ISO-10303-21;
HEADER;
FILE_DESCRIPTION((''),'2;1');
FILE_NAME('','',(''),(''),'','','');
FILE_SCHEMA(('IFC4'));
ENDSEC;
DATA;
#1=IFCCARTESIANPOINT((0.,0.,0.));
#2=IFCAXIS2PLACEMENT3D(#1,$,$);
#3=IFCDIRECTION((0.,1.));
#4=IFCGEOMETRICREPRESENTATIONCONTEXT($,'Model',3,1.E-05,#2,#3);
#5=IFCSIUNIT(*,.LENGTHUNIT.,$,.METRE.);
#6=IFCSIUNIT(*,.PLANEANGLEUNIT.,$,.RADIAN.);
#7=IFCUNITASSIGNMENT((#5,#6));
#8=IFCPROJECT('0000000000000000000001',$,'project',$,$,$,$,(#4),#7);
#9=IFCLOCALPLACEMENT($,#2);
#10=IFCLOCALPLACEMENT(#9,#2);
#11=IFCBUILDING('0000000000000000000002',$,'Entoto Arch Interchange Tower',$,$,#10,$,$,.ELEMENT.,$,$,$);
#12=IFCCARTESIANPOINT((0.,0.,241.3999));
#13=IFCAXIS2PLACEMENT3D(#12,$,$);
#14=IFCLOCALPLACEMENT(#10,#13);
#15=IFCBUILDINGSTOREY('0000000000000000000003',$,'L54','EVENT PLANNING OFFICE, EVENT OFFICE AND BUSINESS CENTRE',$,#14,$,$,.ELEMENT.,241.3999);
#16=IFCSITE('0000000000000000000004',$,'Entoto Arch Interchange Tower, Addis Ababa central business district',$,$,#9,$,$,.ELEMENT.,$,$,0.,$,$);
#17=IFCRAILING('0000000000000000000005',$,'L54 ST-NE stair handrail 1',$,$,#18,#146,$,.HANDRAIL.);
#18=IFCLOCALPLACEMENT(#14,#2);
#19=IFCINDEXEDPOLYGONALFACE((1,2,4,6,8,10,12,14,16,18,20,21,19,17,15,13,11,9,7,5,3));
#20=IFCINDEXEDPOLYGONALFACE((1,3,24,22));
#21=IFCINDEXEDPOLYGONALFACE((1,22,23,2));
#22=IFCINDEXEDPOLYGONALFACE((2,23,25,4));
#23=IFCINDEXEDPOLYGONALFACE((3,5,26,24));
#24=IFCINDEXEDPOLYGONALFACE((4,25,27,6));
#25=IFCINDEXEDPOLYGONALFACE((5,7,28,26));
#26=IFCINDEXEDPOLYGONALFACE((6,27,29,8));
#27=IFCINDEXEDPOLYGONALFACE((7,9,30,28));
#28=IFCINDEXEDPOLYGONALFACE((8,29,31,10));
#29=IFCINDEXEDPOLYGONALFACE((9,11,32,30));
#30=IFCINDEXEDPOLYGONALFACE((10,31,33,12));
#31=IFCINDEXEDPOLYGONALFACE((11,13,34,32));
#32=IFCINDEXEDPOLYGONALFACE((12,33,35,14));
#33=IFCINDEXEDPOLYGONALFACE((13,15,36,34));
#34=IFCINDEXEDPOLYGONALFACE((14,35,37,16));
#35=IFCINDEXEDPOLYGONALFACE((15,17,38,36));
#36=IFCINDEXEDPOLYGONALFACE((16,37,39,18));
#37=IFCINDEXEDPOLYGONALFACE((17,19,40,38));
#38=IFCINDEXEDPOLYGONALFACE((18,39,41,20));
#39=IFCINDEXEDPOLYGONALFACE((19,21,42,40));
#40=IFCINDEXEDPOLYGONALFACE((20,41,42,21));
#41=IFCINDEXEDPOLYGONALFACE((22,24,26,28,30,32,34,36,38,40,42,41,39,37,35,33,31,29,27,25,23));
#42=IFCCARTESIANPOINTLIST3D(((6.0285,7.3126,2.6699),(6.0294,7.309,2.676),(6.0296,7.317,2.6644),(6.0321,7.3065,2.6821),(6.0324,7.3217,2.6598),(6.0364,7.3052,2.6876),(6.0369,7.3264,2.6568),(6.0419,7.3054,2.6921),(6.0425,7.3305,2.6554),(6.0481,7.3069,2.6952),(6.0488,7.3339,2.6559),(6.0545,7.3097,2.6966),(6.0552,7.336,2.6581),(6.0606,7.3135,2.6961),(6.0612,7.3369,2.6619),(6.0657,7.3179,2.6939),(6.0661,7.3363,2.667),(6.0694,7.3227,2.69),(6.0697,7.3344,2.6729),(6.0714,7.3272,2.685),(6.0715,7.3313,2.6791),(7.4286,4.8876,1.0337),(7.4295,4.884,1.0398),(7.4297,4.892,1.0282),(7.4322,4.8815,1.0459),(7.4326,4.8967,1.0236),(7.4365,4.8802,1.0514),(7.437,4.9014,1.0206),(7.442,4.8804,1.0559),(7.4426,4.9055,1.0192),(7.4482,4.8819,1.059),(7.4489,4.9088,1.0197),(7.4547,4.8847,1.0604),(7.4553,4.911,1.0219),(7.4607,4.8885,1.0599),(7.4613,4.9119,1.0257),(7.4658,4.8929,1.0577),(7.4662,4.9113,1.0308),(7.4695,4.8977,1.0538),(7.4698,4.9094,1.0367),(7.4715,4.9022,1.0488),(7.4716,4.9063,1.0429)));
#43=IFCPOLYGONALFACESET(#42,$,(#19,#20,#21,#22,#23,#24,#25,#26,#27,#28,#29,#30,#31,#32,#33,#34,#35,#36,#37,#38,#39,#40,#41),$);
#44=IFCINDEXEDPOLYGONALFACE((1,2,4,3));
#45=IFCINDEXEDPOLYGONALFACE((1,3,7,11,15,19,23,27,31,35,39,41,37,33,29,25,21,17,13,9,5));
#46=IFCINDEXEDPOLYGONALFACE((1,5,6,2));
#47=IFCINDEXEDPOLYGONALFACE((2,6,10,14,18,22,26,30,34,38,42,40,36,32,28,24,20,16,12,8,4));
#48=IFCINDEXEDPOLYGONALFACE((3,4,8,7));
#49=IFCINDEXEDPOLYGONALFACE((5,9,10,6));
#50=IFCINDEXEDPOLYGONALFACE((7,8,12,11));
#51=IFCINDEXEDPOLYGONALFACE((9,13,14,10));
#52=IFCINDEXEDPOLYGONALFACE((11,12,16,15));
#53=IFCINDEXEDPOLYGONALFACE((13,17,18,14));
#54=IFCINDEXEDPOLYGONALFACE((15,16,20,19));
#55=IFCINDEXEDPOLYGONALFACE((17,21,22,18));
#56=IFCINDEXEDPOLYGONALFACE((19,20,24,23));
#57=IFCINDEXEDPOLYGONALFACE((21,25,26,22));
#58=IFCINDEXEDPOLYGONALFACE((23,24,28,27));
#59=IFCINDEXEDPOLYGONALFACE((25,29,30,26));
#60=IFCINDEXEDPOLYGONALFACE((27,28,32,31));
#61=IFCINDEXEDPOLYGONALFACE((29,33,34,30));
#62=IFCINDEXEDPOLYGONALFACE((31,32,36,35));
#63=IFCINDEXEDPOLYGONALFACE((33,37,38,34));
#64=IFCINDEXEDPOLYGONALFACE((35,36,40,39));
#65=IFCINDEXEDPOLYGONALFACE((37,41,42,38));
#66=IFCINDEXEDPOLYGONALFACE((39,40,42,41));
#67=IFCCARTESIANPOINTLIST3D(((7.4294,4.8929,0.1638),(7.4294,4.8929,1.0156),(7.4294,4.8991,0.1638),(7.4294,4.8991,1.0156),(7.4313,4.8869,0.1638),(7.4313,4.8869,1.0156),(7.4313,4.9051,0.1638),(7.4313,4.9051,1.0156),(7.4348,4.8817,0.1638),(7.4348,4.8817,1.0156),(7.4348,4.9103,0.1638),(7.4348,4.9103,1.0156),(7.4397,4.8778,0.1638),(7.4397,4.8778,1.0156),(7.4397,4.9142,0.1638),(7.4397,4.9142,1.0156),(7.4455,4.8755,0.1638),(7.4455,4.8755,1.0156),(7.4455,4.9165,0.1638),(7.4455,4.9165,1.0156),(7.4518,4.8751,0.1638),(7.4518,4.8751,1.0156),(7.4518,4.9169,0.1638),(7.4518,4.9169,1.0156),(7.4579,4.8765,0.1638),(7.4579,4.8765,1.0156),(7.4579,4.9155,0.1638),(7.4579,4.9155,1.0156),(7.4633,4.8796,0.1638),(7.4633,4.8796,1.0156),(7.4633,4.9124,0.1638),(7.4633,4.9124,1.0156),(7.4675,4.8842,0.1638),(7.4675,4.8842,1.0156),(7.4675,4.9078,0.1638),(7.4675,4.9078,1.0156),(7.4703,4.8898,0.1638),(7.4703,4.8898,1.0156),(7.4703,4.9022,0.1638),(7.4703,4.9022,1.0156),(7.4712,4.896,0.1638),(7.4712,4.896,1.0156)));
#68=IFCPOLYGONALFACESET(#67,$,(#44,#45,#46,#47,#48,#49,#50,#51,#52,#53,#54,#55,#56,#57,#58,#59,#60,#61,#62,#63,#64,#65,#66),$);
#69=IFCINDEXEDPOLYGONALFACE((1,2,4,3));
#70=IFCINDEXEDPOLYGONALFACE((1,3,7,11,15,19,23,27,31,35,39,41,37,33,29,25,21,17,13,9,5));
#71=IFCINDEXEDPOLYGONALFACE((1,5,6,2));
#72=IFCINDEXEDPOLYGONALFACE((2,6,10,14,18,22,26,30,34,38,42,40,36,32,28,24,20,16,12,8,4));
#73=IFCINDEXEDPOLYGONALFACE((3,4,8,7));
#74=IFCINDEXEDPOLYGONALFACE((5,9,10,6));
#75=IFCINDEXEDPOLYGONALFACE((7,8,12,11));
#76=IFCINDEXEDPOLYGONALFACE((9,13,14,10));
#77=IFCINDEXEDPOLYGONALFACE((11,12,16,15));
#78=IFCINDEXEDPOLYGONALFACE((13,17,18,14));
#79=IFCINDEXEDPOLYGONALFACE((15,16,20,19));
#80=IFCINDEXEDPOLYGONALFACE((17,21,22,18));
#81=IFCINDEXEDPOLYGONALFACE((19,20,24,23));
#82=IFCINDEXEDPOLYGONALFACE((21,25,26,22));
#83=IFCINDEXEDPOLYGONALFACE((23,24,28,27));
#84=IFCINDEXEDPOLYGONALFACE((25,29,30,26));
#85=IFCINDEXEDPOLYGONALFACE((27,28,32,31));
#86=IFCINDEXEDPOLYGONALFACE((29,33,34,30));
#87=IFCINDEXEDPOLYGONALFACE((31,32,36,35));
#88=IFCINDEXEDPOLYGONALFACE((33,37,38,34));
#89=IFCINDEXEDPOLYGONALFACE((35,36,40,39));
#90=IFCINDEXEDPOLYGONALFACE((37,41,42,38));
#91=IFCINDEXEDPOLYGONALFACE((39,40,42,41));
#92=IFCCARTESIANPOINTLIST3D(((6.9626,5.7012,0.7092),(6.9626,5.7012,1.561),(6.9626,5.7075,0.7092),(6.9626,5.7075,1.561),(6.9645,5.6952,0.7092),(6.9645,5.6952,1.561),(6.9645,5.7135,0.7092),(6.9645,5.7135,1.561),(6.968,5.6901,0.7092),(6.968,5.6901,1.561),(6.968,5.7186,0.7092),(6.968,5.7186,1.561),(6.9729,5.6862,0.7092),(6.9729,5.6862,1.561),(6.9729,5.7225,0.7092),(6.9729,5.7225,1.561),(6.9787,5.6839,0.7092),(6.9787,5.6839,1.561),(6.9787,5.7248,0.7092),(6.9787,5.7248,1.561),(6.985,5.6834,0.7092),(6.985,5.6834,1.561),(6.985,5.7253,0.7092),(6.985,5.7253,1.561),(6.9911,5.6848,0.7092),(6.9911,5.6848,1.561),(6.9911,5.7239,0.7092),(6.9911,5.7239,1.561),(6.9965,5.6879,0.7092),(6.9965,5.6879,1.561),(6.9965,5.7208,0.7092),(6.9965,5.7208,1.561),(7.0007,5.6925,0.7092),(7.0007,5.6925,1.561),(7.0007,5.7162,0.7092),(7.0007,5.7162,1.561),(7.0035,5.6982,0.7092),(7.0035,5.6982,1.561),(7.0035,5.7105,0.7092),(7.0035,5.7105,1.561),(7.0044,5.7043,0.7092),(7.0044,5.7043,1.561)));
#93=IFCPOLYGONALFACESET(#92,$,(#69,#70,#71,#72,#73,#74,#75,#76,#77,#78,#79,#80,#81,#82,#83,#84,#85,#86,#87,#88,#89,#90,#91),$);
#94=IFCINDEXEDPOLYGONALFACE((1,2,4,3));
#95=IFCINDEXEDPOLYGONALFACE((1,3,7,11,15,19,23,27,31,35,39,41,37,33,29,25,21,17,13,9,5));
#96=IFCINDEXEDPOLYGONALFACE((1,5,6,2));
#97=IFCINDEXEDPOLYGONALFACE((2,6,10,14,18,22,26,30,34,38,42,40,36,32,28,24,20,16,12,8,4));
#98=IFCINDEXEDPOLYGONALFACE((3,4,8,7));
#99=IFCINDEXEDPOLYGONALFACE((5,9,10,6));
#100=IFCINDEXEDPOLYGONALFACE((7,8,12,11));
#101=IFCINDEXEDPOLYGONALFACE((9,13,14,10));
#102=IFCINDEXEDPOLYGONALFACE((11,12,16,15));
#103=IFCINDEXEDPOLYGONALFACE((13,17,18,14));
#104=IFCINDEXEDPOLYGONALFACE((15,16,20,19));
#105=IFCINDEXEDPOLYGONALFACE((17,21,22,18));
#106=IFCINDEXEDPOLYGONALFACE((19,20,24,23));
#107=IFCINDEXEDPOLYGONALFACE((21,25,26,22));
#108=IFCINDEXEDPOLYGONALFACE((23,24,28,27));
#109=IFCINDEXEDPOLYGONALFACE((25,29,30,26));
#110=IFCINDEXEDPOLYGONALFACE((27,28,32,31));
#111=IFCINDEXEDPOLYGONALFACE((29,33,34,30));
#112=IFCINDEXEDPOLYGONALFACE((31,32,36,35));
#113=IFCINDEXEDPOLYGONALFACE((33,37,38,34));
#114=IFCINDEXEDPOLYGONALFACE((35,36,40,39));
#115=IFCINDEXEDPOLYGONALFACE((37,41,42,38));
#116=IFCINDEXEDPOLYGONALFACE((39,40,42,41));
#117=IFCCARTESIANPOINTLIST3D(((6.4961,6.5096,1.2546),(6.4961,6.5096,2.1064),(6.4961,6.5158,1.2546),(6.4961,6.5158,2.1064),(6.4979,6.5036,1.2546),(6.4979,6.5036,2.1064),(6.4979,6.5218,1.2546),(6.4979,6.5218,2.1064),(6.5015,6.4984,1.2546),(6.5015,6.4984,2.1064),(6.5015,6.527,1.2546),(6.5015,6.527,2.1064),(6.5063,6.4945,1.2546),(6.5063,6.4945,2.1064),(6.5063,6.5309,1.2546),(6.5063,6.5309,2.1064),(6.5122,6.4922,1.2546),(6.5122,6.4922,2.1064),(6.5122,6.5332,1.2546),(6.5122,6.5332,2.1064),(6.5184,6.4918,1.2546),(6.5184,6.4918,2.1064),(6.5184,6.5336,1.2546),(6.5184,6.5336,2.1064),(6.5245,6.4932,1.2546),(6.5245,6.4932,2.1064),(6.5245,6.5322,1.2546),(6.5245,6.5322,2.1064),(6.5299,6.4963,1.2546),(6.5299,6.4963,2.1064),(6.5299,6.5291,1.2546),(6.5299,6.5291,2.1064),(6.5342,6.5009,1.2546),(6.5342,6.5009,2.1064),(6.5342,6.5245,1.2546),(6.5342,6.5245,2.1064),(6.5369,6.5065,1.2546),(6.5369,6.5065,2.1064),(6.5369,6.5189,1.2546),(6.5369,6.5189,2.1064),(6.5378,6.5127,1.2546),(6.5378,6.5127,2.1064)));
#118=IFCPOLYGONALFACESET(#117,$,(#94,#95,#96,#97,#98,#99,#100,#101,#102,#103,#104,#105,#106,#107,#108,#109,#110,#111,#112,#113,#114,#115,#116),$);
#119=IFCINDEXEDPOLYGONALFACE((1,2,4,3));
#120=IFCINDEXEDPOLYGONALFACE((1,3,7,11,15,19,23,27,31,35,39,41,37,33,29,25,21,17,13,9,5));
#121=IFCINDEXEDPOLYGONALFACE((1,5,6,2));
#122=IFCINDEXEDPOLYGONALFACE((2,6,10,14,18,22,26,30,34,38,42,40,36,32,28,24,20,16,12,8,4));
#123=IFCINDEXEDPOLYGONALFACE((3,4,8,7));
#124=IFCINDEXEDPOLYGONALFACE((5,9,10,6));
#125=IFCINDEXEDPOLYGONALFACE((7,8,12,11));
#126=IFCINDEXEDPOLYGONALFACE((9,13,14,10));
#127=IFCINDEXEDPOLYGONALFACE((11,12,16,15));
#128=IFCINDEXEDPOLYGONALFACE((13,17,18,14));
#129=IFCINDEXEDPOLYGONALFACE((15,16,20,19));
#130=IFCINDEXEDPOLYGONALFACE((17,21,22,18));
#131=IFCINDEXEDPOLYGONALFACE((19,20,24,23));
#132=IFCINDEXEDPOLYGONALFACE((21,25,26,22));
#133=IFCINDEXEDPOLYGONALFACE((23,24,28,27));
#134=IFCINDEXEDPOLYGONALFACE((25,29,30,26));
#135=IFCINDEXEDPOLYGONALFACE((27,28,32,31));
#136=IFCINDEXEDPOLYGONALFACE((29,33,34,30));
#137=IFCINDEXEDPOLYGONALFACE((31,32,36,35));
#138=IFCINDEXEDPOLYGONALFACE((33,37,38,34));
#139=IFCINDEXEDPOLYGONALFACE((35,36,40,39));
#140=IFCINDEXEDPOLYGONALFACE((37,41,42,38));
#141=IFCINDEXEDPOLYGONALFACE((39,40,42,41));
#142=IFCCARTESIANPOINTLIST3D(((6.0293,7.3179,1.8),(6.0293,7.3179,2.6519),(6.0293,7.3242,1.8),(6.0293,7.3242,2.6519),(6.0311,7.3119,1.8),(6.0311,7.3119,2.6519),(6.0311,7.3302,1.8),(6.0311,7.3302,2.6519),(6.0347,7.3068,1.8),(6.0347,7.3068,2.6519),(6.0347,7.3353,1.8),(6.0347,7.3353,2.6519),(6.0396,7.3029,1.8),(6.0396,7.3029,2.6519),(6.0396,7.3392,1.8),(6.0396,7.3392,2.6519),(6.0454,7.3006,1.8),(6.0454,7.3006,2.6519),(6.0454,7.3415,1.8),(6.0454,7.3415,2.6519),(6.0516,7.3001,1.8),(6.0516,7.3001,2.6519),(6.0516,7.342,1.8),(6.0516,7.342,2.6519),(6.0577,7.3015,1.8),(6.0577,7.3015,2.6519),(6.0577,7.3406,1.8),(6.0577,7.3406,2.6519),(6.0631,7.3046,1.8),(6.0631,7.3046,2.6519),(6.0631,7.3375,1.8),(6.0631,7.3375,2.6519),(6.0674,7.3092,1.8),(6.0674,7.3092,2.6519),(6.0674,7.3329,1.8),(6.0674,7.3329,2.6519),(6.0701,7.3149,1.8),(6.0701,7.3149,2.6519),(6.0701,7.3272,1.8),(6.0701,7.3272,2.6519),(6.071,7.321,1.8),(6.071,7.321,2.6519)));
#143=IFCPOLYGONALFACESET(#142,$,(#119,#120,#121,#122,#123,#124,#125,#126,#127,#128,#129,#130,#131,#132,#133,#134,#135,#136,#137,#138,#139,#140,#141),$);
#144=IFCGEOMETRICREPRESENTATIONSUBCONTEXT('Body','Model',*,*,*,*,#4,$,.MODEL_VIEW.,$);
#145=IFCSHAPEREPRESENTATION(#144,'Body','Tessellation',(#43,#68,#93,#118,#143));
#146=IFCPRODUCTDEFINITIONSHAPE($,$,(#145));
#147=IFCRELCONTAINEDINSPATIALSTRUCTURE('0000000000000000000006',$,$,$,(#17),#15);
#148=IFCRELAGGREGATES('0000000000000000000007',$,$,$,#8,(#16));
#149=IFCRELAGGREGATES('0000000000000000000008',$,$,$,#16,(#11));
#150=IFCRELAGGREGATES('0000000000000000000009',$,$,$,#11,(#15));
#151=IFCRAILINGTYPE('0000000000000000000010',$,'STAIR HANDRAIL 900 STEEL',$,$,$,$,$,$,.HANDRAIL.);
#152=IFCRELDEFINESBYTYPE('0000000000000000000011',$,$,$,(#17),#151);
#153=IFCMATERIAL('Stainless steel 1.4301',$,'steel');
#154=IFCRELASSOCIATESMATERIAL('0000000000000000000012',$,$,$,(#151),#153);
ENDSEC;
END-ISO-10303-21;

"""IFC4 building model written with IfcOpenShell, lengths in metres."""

from ifc_helpers import new_model, si_unit, direction, frame, origin, origin_2d, place, context, subcontext, project, spatial, circle, extrude, material, type_object, element, save


model = new_model("IFC4")

# Units and contexts
model_context = context("Model", 3, precision=1e-05, world=origin(), true_north=direction((0.0, 1.0)))
body_context = subcontext(model_context, "Body", "Model", "MODEL_VIEW")
ifc_project = project(units=[si_unit("LENGTHUNIT", "METRE"), si_unit("PLANEANGLEUNIT", "RADIAN")], contexts=[model_context])

# Site, building, storey
site_placement = place(None, origin())
site = spatial("IfcSite", under=ifc_project, at=site_placement, Name="Entoto Arch Interchange Tower, Addis Ababa central business district", CompositionType="ELEMENT", RefElevation=0.0)
building_placement = place(site_placement, origin())
building = spatial("IfcBuilding", under=site, at=building_placement, Name="Entoto Arch Interchange Tower", CompositionType="ELEMENT")
storey_placement = place(building_placement, frame((0.0, 0.0, 241.3999)))
storey = spatial("IfcBuildingStorey", under=building, at=storey_placement, Name="L54", Description="EVENT PLANNING OFFICE, EVENT OFFICE AND BUSINESS CENTRE", CompositionType="ELEMENT", Elevation=241.3999)

# Railing
ifc_material_1 = material(Name="Stainless steel 1.4301", Category="steel")
railing_type_1 = type_object("IfcRailingType", Name="STAIR HANDRAIL 900 STEEL", PredefinedType="HANDRAIL", material=ifc_material_1)
railing_1_placement = place(storey_placement, frame((7.4502, 4.896, 0.1638)))
element("IfcRailing", 1, at=railing_1_placement, inside=storey, type_object=railing_type_1, Name="L54 ST-NE stair handrail 1", PredefinedType="HANDRAIL", context=body_context, shape_type="SweptSolid", body=[
    extrude(circle(Radius=0.0239, at=origin_2d()), frame((0.0, 0.0, 0.876), z_axis=(-0.431714, 0.747727, 0.504507), x_axis=(-0.866019, -0.500012, 0.0)), (0.0, 0.0, 1.0), 3.2432),
    extrude(circle(Radius=0.021, at=origin_2d()), origin(), (0.0, 0.0, 1.0), 0.8518),
    extrude(circle(Radius=0.021, at=origin_2d()), frame((-0.4668, 0.8083, 0.5454)), (0.0, 0.0, 1.0), 0.8518),
    extrude(circle(Radius=0.021, at=origin_2d()), frame((-0.9333, 1.6167, 1.0908)), (0.0, 0.0, 1.0), 0.8518),
    extrude(circle(Radius=0.021, at=origin_2d()), frame((-1.4001, 2.425, 1.6362)), (0.0, 0.0, 1.0), 0.8518),
])

save(model, "model.ifc")
